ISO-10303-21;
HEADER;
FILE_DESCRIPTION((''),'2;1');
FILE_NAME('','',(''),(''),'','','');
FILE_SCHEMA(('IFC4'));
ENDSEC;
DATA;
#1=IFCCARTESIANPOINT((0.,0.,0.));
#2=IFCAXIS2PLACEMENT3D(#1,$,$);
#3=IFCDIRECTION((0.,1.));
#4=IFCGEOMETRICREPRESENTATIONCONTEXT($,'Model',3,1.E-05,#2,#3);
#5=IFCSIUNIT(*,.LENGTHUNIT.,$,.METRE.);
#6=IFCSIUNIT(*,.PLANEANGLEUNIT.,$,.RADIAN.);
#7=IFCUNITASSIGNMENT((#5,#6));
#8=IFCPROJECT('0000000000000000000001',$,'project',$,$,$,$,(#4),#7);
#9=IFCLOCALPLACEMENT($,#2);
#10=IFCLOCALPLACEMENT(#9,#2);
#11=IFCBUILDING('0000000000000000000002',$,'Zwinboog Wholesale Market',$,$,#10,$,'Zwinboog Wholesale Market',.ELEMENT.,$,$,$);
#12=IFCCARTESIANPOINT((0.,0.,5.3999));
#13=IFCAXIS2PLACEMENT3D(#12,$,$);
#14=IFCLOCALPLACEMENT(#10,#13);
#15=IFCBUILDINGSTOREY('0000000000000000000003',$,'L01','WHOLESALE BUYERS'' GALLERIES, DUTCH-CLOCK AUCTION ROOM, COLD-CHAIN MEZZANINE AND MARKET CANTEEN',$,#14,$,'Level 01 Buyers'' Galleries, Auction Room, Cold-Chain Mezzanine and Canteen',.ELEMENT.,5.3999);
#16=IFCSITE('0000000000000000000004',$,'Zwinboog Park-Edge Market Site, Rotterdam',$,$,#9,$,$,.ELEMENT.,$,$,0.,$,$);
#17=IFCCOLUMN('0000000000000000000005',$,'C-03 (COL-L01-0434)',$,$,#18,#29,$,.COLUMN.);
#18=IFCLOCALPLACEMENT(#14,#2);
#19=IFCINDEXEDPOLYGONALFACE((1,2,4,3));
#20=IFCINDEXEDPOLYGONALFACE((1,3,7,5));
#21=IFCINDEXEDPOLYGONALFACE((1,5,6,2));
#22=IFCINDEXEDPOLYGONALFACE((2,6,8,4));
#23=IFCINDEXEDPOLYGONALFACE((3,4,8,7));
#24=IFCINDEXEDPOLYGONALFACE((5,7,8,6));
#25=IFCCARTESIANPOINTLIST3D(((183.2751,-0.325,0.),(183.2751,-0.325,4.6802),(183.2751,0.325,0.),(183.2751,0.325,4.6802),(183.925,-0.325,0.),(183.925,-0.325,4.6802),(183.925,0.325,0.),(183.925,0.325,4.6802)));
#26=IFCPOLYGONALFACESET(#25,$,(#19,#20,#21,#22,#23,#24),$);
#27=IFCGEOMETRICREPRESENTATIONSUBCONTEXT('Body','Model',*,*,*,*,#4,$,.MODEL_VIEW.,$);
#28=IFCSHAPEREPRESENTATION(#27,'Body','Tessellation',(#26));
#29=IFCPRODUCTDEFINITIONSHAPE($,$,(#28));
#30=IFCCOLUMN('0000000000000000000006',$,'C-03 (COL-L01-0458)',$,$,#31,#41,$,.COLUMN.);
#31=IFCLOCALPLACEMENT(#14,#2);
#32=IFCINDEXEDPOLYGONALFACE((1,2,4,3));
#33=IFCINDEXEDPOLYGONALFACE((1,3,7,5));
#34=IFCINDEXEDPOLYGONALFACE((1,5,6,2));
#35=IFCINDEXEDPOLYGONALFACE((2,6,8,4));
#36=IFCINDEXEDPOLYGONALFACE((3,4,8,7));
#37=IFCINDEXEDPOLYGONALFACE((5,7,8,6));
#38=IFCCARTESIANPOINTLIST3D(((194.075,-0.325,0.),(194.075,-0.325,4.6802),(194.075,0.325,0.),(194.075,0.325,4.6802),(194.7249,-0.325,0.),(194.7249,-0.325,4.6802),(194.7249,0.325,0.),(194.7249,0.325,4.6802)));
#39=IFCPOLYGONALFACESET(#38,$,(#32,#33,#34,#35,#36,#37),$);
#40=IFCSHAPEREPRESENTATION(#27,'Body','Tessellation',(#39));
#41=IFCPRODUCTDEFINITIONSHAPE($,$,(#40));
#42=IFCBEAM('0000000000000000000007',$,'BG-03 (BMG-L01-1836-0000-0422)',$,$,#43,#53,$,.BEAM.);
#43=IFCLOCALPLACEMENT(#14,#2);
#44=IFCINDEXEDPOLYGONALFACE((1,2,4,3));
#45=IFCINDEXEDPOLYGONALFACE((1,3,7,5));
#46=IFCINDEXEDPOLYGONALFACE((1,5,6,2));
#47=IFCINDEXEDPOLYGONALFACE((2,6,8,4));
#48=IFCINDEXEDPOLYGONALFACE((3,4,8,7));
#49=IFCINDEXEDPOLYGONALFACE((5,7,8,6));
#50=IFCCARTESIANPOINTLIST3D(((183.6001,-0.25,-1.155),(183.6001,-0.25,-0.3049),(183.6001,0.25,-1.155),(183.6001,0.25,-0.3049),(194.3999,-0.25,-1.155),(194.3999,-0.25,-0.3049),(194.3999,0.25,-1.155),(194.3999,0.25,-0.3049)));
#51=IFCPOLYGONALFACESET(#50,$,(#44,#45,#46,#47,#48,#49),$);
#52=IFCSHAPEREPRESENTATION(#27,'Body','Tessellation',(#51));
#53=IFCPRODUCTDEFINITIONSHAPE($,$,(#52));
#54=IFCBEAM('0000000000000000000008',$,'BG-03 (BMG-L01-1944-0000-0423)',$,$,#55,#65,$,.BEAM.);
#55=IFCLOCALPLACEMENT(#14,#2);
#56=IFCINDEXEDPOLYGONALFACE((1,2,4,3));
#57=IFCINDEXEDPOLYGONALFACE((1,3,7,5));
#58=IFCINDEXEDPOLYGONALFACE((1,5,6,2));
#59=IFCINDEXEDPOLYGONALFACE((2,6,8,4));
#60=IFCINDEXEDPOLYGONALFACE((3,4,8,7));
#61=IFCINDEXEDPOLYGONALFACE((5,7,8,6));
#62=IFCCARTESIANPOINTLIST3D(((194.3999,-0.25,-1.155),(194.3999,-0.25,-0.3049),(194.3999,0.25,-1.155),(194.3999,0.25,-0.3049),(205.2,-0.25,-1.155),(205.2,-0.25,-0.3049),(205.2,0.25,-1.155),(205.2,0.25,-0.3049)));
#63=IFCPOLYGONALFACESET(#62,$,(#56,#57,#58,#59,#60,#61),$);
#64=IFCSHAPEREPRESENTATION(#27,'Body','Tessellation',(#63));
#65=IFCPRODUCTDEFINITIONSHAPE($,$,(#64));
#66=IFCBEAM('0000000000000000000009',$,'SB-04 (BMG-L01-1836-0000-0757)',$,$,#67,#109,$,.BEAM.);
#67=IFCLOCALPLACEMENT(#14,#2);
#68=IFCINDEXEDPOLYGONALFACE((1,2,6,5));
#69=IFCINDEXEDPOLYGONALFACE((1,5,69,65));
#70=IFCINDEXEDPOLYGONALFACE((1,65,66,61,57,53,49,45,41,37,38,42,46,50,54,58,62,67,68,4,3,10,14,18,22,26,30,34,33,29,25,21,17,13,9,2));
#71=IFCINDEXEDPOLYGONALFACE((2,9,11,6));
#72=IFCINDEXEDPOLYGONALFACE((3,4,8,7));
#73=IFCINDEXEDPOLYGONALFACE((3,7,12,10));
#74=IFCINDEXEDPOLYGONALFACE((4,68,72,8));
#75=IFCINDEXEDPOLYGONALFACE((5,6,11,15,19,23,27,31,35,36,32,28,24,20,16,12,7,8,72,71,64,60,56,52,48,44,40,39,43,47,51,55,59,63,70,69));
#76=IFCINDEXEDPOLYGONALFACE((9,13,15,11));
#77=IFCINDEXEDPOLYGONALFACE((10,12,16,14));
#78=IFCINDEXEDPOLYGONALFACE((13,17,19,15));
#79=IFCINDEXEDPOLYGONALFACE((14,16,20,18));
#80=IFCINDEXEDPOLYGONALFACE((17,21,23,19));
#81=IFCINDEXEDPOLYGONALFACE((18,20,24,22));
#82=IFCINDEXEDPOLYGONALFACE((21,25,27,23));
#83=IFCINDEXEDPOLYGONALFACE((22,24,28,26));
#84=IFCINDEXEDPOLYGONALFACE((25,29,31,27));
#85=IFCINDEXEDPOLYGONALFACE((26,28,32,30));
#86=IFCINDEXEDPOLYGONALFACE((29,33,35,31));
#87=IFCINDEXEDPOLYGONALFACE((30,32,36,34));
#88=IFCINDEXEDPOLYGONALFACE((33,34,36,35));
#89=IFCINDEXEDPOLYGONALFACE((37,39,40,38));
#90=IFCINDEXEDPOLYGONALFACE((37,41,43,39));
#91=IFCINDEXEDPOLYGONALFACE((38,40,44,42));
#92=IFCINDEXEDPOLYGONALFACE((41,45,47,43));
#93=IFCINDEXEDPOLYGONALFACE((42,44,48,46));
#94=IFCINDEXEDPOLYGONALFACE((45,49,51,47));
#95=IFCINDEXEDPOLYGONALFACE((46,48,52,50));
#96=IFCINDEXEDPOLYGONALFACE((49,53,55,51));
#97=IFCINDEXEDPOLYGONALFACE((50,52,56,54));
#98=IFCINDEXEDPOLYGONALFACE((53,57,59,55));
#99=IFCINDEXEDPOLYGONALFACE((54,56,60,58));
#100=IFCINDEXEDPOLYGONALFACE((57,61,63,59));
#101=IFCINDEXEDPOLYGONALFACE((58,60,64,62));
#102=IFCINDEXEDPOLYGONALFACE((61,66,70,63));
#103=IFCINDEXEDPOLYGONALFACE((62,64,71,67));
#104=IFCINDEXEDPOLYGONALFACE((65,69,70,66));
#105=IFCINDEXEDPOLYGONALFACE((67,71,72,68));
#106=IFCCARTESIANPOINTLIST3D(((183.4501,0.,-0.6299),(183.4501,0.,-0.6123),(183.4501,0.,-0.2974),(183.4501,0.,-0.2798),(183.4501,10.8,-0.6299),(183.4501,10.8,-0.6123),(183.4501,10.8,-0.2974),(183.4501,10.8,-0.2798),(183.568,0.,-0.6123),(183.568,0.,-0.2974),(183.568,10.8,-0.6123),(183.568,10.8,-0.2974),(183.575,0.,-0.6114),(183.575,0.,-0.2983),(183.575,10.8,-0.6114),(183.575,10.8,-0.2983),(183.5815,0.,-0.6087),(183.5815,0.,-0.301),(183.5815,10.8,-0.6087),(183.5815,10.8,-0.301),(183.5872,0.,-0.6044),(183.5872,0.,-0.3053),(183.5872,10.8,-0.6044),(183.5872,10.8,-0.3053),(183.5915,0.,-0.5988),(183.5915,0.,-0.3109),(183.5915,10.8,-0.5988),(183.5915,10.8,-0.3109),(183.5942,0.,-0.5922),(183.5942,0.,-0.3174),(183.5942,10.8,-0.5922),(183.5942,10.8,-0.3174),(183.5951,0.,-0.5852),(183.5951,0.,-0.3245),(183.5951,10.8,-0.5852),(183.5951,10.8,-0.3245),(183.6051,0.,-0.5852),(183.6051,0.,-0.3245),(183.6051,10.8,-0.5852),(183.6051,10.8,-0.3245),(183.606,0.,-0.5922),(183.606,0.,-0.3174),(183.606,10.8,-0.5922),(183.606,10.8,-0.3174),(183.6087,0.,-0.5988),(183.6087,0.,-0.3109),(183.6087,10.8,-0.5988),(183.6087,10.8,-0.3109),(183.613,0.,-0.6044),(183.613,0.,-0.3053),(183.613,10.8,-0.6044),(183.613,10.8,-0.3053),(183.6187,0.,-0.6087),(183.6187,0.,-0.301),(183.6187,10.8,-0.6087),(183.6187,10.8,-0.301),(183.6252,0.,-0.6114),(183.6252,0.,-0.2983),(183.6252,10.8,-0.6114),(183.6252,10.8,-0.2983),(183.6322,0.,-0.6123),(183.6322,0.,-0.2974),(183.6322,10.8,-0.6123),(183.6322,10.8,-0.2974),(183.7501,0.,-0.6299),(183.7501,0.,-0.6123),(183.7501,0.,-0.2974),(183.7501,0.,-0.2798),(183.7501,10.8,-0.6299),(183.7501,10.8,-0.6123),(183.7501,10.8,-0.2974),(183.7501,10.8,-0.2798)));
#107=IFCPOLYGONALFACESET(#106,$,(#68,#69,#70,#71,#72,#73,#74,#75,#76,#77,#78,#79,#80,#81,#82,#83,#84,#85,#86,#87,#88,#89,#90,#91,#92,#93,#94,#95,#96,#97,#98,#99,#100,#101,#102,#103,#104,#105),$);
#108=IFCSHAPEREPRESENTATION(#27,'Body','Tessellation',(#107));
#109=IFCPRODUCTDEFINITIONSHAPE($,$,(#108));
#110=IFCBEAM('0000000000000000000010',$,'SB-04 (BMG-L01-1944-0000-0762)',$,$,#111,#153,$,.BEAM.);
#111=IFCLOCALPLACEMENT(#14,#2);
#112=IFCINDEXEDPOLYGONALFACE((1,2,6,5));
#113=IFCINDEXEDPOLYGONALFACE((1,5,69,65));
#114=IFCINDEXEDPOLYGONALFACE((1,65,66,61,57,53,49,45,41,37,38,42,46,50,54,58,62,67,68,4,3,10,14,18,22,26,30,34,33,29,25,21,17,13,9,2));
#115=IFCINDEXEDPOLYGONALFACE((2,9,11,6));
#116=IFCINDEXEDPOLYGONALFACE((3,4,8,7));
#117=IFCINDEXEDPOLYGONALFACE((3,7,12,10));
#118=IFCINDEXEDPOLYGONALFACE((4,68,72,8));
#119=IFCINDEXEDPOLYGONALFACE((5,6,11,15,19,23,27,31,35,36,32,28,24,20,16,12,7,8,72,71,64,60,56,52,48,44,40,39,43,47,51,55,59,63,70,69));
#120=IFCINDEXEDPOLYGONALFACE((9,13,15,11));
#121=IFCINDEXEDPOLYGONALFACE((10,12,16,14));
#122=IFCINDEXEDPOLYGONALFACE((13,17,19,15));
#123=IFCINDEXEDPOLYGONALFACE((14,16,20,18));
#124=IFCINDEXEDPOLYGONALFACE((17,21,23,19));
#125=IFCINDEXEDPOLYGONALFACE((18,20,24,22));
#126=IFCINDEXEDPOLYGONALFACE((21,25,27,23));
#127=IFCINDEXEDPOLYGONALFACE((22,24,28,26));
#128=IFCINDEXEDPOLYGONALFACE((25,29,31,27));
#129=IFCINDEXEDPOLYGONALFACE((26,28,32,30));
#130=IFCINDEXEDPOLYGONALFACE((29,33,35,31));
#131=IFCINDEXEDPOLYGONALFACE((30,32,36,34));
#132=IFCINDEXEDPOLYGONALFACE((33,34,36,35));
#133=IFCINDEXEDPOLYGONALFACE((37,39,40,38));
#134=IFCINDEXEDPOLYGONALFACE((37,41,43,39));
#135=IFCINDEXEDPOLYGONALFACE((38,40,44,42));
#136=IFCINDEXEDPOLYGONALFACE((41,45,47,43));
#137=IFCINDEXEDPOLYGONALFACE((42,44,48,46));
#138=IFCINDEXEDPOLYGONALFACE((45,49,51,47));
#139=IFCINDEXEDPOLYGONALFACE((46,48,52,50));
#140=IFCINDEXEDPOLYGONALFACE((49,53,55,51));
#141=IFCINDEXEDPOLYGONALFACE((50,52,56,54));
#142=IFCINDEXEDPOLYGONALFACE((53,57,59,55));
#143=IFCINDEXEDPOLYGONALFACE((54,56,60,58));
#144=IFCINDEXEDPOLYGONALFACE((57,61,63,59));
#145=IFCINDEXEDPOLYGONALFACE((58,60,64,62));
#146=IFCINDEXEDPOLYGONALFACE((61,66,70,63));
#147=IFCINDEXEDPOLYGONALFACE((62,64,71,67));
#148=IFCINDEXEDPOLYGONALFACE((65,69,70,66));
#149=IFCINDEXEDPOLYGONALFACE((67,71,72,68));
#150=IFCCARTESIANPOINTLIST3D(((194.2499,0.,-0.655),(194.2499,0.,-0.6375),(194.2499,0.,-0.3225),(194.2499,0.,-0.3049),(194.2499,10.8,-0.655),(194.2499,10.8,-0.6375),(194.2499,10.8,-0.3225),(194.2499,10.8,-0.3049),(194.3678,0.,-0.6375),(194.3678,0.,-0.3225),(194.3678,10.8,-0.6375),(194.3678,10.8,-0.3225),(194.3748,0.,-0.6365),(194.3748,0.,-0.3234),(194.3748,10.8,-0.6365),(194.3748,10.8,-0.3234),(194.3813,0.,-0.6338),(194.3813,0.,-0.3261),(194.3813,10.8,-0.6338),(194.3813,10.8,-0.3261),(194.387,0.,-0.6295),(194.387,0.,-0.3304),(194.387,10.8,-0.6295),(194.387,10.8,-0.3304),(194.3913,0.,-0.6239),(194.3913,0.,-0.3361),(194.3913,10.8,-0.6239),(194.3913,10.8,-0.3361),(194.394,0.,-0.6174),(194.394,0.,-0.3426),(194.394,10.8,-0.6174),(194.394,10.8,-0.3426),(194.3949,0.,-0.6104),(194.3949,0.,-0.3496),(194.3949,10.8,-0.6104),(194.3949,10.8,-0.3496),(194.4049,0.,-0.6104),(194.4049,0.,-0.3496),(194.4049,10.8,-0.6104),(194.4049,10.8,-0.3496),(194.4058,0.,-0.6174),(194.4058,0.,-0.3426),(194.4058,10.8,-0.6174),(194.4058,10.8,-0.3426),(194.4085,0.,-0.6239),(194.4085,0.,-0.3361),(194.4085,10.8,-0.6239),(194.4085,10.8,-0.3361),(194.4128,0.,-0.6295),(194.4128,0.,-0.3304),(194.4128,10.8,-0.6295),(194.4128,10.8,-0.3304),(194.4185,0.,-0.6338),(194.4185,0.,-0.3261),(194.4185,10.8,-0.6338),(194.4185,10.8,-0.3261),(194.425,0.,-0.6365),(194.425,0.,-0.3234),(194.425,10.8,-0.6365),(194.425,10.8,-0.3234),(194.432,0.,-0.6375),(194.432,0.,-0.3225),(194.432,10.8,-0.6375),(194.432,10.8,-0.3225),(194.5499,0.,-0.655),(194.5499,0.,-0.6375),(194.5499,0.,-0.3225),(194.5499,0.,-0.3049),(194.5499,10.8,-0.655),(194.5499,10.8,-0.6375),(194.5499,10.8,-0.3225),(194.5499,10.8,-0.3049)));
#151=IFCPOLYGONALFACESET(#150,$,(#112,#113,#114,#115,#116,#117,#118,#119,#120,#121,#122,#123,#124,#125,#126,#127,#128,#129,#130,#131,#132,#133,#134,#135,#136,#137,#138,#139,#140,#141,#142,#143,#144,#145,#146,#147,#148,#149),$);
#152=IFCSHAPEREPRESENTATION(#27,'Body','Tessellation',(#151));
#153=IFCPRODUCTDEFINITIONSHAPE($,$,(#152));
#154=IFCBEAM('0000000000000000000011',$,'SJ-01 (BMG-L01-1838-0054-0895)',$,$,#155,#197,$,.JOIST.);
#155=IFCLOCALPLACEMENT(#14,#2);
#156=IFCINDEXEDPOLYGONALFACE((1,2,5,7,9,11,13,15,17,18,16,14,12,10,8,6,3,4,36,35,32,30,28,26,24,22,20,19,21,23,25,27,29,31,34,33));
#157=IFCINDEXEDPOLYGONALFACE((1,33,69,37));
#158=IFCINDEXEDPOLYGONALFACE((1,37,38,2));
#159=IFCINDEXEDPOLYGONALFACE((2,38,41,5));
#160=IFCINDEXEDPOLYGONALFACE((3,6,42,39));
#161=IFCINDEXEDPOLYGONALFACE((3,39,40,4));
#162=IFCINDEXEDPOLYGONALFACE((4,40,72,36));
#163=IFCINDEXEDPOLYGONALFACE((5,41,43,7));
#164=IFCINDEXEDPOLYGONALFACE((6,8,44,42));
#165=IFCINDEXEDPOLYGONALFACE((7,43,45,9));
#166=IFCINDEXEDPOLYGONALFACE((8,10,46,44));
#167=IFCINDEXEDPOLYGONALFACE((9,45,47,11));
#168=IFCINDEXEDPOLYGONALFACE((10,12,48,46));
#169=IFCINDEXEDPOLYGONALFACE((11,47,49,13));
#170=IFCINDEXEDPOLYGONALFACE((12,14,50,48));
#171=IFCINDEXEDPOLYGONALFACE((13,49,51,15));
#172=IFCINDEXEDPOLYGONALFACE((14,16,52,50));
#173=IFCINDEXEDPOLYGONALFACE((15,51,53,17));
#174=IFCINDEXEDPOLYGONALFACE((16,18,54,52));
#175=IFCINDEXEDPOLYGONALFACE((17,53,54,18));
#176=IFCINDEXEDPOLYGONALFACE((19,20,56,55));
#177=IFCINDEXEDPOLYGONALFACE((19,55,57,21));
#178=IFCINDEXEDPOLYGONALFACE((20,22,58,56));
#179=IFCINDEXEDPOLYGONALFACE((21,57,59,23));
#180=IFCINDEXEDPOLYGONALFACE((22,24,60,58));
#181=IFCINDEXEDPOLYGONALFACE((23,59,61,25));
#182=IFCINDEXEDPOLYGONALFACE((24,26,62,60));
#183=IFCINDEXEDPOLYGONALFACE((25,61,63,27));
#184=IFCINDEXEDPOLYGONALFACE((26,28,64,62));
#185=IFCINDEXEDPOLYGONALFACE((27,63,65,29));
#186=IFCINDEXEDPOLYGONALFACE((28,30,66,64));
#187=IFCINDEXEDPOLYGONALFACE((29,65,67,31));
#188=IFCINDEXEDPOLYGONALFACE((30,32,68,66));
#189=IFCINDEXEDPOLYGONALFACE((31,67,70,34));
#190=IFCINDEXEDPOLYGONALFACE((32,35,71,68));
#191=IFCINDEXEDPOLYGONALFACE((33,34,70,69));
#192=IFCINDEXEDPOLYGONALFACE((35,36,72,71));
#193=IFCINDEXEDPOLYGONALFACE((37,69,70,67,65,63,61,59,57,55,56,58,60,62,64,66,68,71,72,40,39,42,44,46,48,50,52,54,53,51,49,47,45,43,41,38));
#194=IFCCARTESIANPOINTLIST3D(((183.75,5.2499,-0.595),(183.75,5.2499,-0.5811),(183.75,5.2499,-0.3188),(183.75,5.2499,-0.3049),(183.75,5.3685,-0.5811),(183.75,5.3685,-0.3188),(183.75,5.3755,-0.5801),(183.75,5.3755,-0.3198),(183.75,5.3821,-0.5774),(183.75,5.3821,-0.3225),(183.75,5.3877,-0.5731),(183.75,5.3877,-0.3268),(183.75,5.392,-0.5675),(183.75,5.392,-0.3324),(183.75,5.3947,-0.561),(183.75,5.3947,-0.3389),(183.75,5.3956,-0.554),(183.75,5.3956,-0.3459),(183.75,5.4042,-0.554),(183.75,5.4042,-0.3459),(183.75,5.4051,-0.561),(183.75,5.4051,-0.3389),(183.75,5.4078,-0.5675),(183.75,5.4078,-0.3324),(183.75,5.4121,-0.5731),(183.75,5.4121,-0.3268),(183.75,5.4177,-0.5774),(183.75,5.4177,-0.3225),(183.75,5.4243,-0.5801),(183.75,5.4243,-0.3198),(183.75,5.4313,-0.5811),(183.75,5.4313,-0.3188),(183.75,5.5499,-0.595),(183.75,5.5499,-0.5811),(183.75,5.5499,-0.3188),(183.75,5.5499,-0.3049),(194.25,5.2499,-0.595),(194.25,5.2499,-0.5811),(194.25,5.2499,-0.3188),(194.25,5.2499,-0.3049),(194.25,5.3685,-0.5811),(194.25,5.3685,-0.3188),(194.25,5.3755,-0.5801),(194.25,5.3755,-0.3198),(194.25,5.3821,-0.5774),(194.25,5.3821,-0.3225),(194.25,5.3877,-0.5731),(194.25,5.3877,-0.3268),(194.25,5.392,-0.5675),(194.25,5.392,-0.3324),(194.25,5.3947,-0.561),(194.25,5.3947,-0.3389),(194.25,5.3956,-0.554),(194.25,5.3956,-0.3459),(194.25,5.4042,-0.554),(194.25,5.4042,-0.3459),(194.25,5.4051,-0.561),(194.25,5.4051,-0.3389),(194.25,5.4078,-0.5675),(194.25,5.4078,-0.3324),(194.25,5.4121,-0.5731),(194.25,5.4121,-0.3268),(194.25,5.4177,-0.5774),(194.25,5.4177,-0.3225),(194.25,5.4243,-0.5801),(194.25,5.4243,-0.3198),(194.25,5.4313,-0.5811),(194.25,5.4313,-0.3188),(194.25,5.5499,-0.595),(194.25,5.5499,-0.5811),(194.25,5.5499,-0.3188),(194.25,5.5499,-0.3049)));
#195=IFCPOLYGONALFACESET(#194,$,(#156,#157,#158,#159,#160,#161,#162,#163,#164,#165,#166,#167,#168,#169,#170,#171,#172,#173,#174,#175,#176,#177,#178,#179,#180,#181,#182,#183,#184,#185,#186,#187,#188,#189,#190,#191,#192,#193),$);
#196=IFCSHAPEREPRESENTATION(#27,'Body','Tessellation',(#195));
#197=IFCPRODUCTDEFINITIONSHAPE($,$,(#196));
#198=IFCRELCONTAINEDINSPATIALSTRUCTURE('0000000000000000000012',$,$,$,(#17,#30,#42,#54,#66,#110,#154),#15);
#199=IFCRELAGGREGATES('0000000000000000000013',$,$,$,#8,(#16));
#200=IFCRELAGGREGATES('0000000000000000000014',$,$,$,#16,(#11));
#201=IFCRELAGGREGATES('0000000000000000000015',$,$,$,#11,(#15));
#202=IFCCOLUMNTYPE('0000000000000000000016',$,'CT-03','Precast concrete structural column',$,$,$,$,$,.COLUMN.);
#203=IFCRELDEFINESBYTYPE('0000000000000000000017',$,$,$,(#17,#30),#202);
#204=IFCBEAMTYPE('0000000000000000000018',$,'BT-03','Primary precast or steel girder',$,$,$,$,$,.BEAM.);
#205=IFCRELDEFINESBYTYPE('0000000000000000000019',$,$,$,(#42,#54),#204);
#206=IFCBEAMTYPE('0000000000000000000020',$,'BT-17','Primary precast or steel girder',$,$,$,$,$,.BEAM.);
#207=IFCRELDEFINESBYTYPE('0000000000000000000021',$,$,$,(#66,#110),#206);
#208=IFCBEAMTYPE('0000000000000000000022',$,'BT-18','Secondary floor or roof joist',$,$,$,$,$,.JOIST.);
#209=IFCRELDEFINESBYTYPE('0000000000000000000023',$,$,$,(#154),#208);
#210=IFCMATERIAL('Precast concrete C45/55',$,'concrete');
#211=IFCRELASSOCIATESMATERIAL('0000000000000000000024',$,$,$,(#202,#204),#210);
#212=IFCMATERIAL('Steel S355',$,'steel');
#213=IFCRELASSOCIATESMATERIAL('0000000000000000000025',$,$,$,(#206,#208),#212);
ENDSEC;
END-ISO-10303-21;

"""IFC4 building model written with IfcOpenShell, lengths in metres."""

from ifc_helpers import new_model, si_unit, direction, frame, origin, origin_2d, place, context, subcontext, project, spatial, rectangle, i_section, extrude, material, material_profile, profile_set, type_object, element, save


model = new_model("IFC4")

# Units and contexts
model_context = context("Model", 3, precision=1e-05, world=origin(), true_north=direction((0.0, 1.0)))
body_context = subcontext(model_context, "Body", "Model", "MODEL_VIEW")
ifc_project = project(units=[si_unit("LENGTHUNIT", "METRE"), si_unit("PLANEANGLEUNIT", "RADIAN")], contexts=[model_context])

# Site, building, storey
site_placement = place(None, origin())
site = spatial("IfcSite", under=ifc_project, at=site_placement, Name="Zwinboog Park-Edge Market Site, Rotterdam", CompositionType="ELEMENT", RefElevation=0.0)
building_placement = place(site_placement, origin())
building = spatial("IfcBuilding", under=site, at=building_placement, Name="Zwinboog Wholesale Market", LongName="Zwinboog Wholesale Market", CompositionType="ELEMENT")
storey_placement = place(building_placement, frame((0.0, 0.0, 5.3999)))
storey = spatial("IfcBuildingStorey", under=building, at=storey_placement, Name="L01", Description="WHOLESALE BUYERS' GALLERIES, DUTCH-CLOCK AUCTION ROOM, COLD-CHAIN MEZZANINE AND MARKET CANTEEN", LongName="Level 01 Buyers' Galleries, Auction Room, Cold-Chain Mezzanine and Canteen", CompositionType="ELEMENT", Elevation=5.3999)

# Columns
ifc_material_1 = material(Name="Precast concrete C45/55", Category="concrete")
ifc_material_profile_1 = material_profile(ifc_material_1, rectangle(XDim=0.6499, YDim=0.6499, at=origin_2d()), Name="PC 650x650")
ifc_profile_set_1 = profile_set([ifc_material_profile_1], Name="Precast concrete C45/55")
column_type = type_object("IfcColumnType", Name="CT-03", Description="Precast concrete structural column", PredefinedType="COLUMN", material=ifc_profile_set_1)
for number, where, z_axis, x_axis, name in (
    (1, (183.6001, 0.0, 0.0), (0.0, 0.0, 1.0), (1.0, 0.0, 0.0), "C-03 (COL-L01-0434)"),
    (2, (194.3999, 0.0, 0.0), (0.0, 0.0, 1.0), (1.0, 0.0, 0.0), "C-03 (COL-L01-0458)"),
):
    element("IfcColumn", number, at=place(storey_placement, frame(where, z_axis=z_axis, x_axis=x_axis)), inside=storey, type_object=column_type, Name=name, PredefinedType="COLUMN", context=body_context, shape_type="SweptSolid", body=[
        extrude(rectangle(XDim=0.6499, YDim=0.6499, at=origin_2d()), origin(), (0.0, 0.0, 1.0), 4.6802),
    ])

# Beams
ifc_material_profile_2 = material_profile(ifc_material_1, rectangle(XDim=0.5, YDim=0.8501, at=origin_2d()), Name="PC 500x850")
ifc_profile_set_2 = profile_set([ifc_material_profile_2], Name="Precast concrete C45/55")
beam_type_1 = type_object("IfcBeamType", Name="BT-03", Description="Primary precast or steel girder", PredefinedType="BEAM", material=ifc_profile_set_2)
beam_1_placement = place(storey_placement, frame((183.6001, 0.0, -0.73), z_axis=(1.0, 0.0, 0.0), x_axis=(0.0, 1.0, 0.0)))
element("IfcBeam", 3, at=beam_1_placement, inside=storey, type_object=beam_type_1, Name="BG-03 (BMG-L01-1836-0000-0422)", PredefinedType="BEAM", context=body_context, shape_type="SweptSolid", body=[
    extrude(rectangle(XDim=0.5, YDim=0.8501, at=origin_2d()), origin(), (0.0, 0.0, 1.0), 10.7998),
])
beam_2_placement = place(storey_placement, frame((194.3999, 0.0, -0.73), z_axis=(1.0, 0.0, 0.0), x_axis=(0.0, 1.0, 0.0)))
element("IfcBeam", 4, at=beam_2_placement, inside=storey, type_object=beam_type_1, Name="BG-03 (BMG-L01-1944-0000-0423)", PredefinedType="BEAM", context=body_context, shape_type="SweptSolid", body=[
    extrude(rectangle(XDim=0.5, YDim=0.8501, at=origin_2d()), origin(), (0.0, 0.0, 1.0), 10.8),
])
ifc_material_2 = material(Name="Steel S355", Category="steel")
ifc_material_profile_3 = material_profile(ifc_material_2, i_section(OverallWidth=0.3, OverallDepth=0.3501, WebThickness=0.01, FlangeThickness=0.0176, FilletRadius=0.0271, at=origin_2d()), Name="HEA 360")
ifc_profile_set_3 = profile_set([ifc_material_profile_3], Name="Steel S355")
beam_type_2 = type_object("IfcBeamType", Name="BT-17", Description="Primary precast or steel girder", PredefinedType="BEAM", material=ifc_profile_set_3)
for number, where, z_axis, x_axis, name in (
    (5, (183.6001, 0.0, -0.4548), (0.0, 1.0, 0.0), (-1.0, 0.0, 0.0), "SB-04 (BMG-L01-1836-0000-0757)"),
    (6, (194.3999, 0.0, -0.48), (0.0, 1.0, 0.0), (-1.0, 0.0, 0.0), "SB-04 (BMG-L01-1944-0000-0762)"),
):
    element("IfcBeam", number, at=place(storey_placement, frame(where, z_axis=z_axis, x_axis=x_axis)), inside=storey, type_object=beam_type_2, Name=name, PredefinedType="BEAM", context=body_context, shape_type="SweptSolid", body=[
        extrude(i_section(OverallWidth=0.3, OverallDepth=0.3501, WebThickness=0.01, FlangeThickness=0.0176, FilletRadius=0.0271, at=origin_2d()), origin(), (0.0, 0.0, 1.0), 10.8),
    ])
ifc_material_profile_4 = material_profile(ifc_material_2, i_section(OverallWidth=0.3, OverallDepth=0.29, WebThickness=0.0085, FlangeThickness=0.0139, FilletRadius=0.0271, at=origin_2d()), Name="HEA 300")
ifc_profile_set_4 = profile_set([ifc_material_profile_4], Name="Steel S355")
beam_type_3 = type_object("IfcBeamType", Name="BT-18", Description="Secondary floor or roof joist", PredefinedType="JOIST", material=ifc_profile_set_4)
beam_3_placement = place(storey_placement, frame((183.75, 5.3999, -0.45), z_axis=(1.0, 0.0, 0.0), x_axis=(0.0, 1.0, 0.0)))
element("IfcBeam", 7, at=beam_3_placement, inside=storey, type_object=beam_type_3, Name="SJ-01 (BMG-L01-1838-0054-0895)", PredefinedType="JOIST", context=body_context, shape_type="SweptSolid", body=[
    extrude(i_section(OverallWidth=0.3, OverallDepth=0.29, WebThickness=0.0085, FlangeThickness=0.0139, FilletRadius=0.0271, at=origin_2d()), origin(), (0.0, 0.0, 1.0), 10.5),
])

save(model, "model.ifc")
